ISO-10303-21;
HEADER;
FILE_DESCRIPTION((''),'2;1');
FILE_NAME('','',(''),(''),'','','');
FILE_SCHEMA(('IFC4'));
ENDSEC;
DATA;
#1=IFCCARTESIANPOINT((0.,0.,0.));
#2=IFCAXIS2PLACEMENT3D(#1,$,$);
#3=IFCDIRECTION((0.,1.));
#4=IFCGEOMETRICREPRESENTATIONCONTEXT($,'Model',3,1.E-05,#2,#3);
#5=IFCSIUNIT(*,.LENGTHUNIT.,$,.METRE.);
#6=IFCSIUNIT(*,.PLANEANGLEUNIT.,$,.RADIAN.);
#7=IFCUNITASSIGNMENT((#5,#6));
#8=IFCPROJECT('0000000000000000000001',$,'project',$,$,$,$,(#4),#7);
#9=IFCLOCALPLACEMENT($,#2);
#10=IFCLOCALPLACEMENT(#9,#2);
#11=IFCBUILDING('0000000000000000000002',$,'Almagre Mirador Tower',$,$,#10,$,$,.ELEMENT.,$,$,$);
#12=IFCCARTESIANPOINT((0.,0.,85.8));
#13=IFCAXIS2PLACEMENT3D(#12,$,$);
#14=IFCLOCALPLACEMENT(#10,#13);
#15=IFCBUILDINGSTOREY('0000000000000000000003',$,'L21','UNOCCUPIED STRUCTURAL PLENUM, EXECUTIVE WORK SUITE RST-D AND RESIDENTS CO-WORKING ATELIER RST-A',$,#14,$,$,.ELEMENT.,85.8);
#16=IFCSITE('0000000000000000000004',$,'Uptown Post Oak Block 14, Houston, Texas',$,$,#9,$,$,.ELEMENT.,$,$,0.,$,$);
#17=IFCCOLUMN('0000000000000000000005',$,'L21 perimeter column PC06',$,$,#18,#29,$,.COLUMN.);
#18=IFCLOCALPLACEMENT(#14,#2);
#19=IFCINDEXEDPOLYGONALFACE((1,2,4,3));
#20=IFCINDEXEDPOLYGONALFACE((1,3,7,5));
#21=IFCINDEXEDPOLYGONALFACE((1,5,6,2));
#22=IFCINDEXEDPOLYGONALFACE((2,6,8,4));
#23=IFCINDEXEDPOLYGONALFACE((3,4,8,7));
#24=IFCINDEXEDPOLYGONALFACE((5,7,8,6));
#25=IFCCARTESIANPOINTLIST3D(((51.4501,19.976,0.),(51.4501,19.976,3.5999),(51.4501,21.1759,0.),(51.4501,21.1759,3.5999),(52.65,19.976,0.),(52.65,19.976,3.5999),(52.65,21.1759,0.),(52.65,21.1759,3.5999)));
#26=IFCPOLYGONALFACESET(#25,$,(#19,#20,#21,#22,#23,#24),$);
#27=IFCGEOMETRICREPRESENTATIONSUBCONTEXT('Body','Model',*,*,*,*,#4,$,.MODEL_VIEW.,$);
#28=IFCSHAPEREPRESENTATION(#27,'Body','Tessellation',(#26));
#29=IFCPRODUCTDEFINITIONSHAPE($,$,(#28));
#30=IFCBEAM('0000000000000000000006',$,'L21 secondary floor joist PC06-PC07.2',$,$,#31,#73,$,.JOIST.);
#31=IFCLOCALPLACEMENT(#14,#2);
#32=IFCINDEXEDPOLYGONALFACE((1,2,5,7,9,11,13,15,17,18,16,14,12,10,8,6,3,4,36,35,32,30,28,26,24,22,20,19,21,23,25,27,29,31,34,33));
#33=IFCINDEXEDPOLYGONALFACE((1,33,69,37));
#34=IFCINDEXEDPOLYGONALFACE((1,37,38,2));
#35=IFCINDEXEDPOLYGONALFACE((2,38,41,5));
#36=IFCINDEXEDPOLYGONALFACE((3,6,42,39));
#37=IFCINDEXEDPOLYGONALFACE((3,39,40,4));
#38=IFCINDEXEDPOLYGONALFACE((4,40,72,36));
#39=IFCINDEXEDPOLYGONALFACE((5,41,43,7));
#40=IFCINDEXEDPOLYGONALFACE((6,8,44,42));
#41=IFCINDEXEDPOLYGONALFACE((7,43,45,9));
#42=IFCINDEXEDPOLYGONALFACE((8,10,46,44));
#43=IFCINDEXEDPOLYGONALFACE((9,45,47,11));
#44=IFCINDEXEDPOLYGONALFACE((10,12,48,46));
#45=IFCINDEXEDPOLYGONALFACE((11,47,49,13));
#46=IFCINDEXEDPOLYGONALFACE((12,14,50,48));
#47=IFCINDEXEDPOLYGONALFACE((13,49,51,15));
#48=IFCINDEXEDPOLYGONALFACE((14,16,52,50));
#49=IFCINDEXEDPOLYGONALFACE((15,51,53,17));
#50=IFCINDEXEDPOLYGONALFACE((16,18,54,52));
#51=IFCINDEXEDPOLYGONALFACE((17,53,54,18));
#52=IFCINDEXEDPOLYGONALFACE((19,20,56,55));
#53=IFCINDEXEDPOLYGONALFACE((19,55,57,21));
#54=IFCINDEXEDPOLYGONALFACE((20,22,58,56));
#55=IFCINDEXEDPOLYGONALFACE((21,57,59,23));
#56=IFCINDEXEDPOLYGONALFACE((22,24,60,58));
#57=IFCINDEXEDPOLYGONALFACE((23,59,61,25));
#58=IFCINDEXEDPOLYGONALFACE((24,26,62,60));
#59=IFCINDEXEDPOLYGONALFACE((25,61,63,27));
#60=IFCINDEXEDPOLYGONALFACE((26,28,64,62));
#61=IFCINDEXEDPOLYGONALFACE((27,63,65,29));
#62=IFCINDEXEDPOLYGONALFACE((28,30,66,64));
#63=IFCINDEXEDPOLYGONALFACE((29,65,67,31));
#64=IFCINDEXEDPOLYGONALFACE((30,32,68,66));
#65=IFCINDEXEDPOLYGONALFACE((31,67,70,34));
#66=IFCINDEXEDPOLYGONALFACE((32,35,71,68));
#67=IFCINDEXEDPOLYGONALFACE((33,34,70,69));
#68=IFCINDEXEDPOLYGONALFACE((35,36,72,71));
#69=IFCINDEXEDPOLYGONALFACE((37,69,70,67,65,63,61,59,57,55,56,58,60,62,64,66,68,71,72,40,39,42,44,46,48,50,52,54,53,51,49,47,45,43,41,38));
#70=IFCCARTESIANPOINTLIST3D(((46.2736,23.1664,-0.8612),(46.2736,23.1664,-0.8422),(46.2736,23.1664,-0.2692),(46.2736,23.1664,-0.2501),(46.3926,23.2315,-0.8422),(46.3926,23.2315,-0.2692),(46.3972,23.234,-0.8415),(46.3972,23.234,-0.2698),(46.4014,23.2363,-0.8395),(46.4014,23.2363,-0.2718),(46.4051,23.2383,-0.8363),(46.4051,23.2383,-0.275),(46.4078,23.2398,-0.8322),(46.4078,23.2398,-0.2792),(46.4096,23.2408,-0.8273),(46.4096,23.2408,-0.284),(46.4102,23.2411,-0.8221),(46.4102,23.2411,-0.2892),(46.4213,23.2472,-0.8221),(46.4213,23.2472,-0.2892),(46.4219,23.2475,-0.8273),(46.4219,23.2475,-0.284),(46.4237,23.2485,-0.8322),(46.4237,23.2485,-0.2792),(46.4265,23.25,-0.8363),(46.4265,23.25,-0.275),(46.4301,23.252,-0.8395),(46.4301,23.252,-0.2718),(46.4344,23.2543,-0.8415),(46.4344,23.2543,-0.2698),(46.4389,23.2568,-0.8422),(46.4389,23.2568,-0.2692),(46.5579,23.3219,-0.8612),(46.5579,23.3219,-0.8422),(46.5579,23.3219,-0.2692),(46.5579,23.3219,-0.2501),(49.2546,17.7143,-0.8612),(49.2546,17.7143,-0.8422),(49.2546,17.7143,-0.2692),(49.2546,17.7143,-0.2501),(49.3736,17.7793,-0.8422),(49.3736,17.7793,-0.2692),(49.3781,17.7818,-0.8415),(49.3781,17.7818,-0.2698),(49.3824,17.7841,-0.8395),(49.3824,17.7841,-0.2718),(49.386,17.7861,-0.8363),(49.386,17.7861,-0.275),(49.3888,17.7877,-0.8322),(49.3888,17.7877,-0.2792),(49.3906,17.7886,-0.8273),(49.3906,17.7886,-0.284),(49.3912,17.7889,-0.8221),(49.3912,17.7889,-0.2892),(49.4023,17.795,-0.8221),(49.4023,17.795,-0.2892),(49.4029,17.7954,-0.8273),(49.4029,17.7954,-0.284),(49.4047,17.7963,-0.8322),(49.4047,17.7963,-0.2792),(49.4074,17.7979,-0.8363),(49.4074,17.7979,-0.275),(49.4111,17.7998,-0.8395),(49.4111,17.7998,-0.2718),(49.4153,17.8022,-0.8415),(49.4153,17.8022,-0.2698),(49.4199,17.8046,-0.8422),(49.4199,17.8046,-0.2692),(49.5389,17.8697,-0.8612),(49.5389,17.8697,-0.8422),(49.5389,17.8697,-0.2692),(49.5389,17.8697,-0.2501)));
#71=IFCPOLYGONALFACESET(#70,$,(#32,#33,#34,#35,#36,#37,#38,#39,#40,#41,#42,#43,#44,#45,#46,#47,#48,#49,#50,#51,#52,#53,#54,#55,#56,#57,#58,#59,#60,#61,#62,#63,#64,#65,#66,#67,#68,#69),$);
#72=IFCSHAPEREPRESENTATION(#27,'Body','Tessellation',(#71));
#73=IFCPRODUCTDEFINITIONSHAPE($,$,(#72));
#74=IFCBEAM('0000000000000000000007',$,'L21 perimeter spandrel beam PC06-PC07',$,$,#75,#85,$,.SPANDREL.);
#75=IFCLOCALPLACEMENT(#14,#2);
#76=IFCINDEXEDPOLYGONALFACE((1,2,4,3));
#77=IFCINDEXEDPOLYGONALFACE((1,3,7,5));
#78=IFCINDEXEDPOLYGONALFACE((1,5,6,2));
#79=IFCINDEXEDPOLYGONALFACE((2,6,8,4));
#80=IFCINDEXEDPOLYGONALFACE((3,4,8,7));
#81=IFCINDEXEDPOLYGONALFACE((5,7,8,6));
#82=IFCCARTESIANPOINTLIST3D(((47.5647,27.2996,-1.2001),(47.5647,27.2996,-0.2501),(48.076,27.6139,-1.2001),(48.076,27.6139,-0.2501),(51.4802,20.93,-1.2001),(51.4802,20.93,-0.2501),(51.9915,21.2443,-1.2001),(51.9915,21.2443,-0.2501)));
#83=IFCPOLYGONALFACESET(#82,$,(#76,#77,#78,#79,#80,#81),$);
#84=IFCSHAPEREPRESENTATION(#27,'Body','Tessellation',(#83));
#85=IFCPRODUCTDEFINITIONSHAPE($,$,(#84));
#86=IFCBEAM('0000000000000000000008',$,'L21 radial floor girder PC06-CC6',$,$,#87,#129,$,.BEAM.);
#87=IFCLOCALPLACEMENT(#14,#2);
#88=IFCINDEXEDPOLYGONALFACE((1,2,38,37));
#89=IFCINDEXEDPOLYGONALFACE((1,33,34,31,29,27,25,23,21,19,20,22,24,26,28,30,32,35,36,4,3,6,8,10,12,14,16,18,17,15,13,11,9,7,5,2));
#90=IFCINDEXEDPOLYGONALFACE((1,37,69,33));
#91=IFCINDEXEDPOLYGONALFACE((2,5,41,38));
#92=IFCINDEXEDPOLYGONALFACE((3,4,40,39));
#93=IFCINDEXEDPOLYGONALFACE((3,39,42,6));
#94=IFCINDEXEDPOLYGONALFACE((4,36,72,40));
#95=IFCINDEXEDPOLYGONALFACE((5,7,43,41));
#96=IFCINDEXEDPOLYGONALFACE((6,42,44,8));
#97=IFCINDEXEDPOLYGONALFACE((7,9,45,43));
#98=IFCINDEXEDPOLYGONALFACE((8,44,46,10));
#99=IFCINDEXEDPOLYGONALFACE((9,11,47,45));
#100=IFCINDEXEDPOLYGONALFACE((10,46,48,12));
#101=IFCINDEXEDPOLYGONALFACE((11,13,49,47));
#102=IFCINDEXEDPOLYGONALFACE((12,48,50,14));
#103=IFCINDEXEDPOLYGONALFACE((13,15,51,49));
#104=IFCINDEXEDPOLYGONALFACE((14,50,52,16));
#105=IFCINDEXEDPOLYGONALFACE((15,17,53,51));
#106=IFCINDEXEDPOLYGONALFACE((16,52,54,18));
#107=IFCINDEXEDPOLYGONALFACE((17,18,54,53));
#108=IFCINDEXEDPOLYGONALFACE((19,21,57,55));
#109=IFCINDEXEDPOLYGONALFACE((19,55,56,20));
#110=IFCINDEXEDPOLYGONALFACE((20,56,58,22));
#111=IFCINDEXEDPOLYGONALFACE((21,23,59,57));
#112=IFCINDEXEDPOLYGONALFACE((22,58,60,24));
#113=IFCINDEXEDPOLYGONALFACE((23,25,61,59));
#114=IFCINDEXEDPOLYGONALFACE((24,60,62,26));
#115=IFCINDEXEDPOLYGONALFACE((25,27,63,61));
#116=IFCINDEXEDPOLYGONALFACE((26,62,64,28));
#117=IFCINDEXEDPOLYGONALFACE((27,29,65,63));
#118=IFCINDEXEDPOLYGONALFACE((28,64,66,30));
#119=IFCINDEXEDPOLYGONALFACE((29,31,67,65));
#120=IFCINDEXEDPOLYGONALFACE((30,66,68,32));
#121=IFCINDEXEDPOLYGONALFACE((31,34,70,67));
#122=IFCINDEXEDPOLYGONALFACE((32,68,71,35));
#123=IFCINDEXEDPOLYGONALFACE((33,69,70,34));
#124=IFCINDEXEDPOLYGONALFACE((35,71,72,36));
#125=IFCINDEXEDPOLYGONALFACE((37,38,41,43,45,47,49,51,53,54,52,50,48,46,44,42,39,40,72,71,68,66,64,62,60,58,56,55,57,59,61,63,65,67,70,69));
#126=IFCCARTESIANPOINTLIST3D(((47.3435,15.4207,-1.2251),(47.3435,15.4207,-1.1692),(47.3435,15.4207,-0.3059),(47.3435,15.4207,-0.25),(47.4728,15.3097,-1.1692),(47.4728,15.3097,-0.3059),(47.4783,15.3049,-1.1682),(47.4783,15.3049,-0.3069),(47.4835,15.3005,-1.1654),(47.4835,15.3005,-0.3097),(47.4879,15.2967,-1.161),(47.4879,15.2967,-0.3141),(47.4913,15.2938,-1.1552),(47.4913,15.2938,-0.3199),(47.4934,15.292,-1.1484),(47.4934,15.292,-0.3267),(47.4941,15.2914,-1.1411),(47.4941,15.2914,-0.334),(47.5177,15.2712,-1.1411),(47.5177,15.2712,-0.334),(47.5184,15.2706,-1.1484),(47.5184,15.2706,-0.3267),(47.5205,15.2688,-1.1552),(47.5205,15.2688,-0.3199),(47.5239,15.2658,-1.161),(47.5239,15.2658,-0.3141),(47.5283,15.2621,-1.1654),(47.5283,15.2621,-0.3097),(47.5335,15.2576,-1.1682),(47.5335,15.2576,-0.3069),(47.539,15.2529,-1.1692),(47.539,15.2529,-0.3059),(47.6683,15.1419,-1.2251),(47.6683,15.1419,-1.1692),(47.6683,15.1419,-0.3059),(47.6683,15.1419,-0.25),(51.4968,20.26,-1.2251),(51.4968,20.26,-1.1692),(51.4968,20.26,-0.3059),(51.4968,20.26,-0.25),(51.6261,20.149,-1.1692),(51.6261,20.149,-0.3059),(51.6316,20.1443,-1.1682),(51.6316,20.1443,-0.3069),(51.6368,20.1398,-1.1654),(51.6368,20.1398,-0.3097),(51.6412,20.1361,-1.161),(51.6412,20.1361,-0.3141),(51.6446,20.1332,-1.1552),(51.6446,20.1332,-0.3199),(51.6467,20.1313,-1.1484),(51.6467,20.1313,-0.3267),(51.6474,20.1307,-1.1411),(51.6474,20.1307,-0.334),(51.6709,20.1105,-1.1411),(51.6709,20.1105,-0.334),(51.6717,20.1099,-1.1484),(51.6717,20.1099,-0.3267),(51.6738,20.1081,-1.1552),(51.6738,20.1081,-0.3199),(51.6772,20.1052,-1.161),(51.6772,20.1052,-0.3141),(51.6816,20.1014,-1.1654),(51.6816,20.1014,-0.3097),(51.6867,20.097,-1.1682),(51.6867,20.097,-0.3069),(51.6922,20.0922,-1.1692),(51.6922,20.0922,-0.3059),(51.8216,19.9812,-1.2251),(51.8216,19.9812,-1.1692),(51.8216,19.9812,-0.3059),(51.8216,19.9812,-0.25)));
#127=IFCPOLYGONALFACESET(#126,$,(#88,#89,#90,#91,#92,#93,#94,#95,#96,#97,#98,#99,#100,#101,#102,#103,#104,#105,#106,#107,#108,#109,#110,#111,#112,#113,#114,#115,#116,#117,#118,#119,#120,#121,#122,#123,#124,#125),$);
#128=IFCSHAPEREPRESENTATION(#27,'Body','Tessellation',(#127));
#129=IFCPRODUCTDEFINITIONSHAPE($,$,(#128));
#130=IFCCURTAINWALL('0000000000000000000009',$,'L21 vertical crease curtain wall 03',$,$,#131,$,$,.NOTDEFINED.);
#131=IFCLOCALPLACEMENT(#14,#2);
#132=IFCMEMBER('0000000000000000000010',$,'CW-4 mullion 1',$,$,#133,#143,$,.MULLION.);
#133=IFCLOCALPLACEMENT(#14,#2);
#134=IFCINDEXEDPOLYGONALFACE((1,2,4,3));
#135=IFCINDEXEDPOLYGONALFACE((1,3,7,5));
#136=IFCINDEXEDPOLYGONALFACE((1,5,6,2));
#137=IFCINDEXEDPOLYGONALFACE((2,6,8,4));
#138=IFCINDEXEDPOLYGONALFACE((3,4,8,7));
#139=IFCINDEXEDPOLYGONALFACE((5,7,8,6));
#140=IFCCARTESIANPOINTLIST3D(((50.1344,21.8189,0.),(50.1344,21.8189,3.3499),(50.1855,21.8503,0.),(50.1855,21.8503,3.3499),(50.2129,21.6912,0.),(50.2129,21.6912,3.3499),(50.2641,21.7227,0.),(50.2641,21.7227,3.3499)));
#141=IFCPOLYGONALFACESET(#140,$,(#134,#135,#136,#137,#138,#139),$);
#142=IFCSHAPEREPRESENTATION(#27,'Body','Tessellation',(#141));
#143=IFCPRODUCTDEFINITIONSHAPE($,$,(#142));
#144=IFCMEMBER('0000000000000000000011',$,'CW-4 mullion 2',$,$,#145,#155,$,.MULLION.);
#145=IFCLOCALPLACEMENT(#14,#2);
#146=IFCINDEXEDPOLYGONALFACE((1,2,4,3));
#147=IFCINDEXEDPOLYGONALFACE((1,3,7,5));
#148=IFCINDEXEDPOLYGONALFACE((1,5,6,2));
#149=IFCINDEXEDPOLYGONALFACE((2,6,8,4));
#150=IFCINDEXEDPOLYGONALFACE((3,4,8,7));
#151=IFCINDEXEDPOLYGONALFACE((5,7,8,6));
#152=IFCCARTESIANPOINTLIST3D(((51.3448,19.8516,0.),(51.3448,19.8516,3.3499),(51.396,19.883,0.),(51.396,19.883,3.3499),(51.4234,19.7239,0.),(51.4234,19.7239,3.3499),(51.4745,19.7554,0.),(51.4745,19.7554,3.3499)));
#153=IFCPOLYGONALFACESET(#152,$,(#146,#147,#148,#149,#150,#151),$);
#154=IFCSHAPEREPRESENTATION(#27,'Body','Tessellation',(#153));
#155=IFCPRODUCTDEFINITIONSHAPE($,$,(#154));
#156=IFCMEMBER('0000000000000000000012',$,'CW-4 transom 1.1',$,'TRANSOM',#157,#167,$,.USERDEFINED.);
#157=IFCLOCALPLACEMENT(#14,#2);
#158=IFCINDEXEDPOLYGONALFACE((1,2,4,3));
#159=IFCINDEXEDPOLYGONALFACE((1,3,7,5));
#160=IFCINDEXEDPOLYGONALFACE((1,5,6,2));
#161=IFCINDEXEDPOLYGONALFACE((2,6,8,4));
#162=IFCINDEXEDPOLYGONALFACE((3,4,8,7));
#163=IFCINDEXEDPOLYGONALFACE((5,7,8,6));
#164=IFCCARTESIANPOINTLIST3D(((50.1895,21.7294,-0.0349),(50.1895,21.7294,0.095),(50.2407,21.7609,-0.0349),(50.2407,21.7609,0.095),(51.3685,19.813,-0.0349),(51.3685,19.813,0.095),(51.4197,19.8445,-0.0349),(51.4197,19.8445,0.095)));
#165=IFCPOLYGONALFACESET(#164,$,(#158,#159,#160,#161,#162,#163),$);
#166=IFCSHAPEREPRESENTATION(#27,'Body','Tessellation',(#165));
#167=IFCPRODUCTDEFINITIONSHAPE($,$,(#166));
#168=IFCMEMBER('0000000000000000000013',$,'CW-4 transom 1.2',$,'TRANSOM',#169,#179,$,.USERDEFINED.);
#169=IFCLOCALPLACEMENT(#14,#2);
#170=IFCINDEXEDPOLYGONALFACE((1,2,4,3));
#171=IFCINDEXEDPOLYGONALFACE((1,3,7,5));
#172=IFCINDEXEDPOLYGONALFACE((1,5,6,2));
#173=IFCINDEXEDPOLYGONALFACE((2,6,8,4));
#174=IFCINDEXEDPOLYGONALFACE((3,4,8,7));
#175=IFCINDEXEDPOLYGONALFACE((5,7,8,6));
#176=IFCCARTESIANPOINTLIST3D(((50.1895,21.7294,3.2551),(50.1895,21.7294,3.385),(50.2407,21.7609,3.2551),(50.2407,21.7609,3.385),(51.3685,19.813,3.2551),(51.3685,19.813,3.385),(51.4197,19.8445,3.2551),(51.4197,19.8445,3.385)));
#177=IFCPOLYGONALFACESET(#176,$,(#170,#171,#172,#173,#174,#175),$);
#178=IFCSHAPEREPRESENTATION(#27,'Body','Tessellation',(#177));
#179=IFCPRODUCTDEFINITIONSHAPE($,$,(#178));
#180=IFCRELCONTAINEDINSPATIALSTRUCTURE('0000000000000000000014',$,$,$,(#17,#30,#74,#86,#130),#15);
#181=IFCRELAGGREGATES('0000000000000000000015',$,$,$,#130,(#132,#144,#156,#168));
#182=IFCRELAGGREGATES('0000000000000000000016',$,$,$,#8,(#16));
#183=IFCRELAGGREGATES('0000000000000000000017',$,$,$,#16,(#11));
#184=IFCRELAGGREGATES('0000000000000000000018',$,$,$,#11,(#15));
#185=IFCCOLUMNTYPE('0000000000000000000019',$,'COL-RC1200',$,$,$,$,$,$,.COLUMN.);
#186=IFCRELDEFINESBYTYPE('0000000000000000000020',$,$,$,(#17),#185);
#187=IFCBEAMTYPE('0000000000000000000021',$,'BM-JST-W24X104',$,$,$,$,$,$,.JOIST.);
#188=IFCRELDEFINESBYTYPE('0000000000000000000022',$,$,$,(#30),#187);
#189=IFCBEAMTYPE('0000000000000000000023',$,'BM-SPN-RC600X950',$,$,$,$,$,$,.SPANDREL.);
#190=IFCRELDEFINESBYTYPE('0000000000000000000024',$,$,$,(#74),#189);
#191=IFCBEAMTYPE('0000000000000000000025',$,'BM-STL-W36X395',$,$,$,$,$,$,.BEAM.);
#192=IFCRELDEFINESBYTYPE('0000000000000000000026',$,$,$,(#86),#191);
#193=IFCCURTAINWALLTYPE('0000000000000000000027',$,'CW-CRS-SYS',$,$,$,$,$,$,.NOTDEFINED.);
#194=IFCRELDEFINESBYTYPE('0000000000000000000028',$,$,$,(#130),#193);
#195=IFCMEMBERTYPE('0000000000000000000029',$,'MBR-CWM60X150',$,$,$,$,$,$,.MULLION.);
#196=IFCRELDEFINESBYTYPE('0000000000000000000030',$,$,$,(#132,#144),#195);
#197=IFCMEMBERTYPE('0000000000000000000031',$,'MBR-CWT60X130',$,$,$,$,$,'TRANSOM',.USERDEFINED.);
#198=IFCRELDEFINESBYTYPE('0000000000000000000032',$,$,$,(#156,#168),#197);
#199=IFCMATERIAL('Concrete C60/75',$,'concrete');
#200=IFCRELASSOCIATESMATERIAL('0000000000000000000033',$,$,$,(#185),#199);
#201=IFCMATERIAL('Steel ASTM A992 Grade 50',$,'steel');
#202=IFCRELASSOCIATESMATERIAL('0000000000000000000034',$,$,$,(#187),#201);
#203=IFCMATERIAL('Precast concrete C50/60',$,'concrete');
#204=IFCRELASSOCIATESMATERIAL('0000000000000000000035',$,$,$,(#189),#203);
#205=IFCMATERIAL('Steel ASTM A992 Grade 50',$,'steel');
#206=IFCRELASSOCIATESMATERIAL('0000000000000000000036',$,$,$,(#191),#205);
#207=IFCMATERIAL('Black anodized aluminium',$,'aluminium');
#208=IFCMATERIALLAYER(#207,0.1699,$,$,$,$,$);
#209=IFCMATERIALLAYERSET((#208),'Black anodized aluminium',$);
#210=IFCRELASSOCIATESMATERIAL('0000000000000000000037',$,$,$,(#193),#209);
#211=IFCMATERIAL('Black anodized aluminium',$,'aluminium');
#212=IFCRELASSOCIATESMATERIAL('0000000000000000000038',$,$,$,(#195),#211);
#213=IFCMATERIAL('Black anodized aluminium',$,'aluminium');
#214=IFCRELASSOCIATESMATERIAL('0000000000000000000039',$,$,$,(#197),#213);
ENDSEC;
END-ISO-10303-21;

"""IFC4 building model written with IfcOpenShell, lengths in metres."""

from ifc_helpers import new_model, si_unit, direction, frame, origin, origin_2d, place, context, subcontext, project, spatial, rectangle, i_section, extrude, material, layer, layer_set, material_profile, profile_set, type_object, element, aggregate, save


model = new_model("IFC4")

# Units and contexts
model_context = context("Model", 3, precision=1e-05, world=origin(), true_north=direction((0.0, 1.0)))
body_context = subcontext(model_context, "Body", "Model", "MODEL_VIEW")
ifc_project = project(units=[si_unit("LENGTHUNIT", "METRE"), si_unit("PLANEANGLEUNIT", "RADIAN")], contexts=[model_context])

# Site, building, storey
site_placement = place(None, origin())
site = spatial("IfcSite", under=ifc_project, at=site_placement, Name="Uptown Post Oak Block 14, Houston, Texas", CompositionType="ELEMENT", RefElevation=0.0)
building_placement = place(site_placement, origin())
building = spatial("IfcBuilding", under=site, at=building_placement, Name="Almagre Mirador Tower", CompositionType="ELEMENT")
storey_placement = place(building_placement, frame((0.0, 0.0, 85.8)))
storey = spatial("IfcBuildingStorey", under=building, at=storey_placement, Name="L21", Description="UNOCCUPIED STRUCTURAL PLENUM, EXECUTIVE WORK SUITE RST-D AND RESIDENTS CO-WORKING ATELIER RST-A", CompositionType="ELEMENT", Elevation=85.8)

# Column
ifc_material_1 = material(Name="Concrete C60/75", Category="concrete")
ifc_material_profile_1 = material_profile(ifc_material_1, rectangle(XDim=1.2, YDim=1.2, at=origin_2d()), Name="RC1200X1200")
ifc_profile_set_1 = profile_set([ifc_material_profile_1], Name="Concrete C60/75")
column_type = type_object("IfcColumnType", Name="COL-RC1200", PredefinedType="COLUMN", material=ifc_profile_set_1)
column_placement = place(storey_placement, frame((52.05, 20.5759, 0.0), z_axis=(0.0, 0.0, 1.0), x_axis=(1.0, 0.0, 0.0)))
element("IfcColumn", 1, at=column_placement, inside=storey, type_object=column_type, Name="L21 perimeter column PC06", PredefinedType="COLUMN", context=body_context, shape_type="SweptSolid", body=[
    extrude(rectangle(XDim=1.2, YDim=1.2, at=origin_2d()), origin(), (0.0, 0.0, 1.0), 3.5999),
])

# Beams
ifc_material_2 = material(Name="Steel ASTM A992 Grade 50", Category="steel")
ifc_material_profile_2 = material_profile(ifc_material_2, i_section(OverallWidth=0.324, OverallDepth=0.6111, WebThickness=0.0127, FlangeThickness=0.019, FilletRadius=0.02, at=origin_2d()), Name="W24X104")
ifc_profile_set_2 = profile_set([ifc_material_profile_2], Name="Steel ASTM A992 Grade 50")
beam_type_1 = type_object("IfcBeamType", Name="BM-JST-W24X104", PredefinedType="JOIST", material=ifc_profile_set_2)
beam_1_placement = place(storey_placement, frame((49.3967, 17.792, -0.5557), z_axis=(-0.479727, 0.877418, 0.0), x_axis=(-0.877418, -0.479727, 0.0)))
element("IfcBeam", 2, at=beam_1_placement, inside=storey, type_object=beam_type_1, Name="L21 secondary floor joist PC06-PC07.2", PredefinedType="JOIST", context=body_context, shape_type="SweptSolid", body=[
    extrude(i_section(OverallWidth=0.324, OverallDepth=0.6111, WebThickness=0.0127, FlangeThickness=0.019, FilletRadius=0.02, at=origin_2d()), origin(), (0.0, 0.0, 1.0), 6.2139),
])
ifc_material_3 = material(Name="Precast concrete C50/60", Category="concrete")
ifc_material_profile_3 = material_profile(ifc_material_3, rectangle(XDim=0.6001, YDim=0.95, at=origin_2d()), Name="RC600X950")
ifc_profile_set_3 = profile_set([ifc_material_profile_3], Name="Precast concrete C50/60")
beam_type_2 = type_object("IfcBeamType", Name="BM-SPN-RC600X950", PredefinedType="SPANDREL", material=ifc_profile_set_3)
beam_2_placement = place(storey_placement, frame((51.7358, 21.0872, -0.7251), z_axis=(-0.523686, 0.851912, 0.0), x_axis=(-0.851912, -0.523686, 0.0)))
element("IfcBeam", 3, at=beam_2_placement, inside=storey, type_object=beam_type_2, Name="L21 perimeter spandrel beam PC06-PC07", PredefinedType="SPANDREL", context=body_context, shape_type="SweptSolid", body=[
    extrude(rectangle(XDim=0.6001, YDim=0.95, at=origin_2d()), origin(), (0.0, 0.0, 1.0), 7.4768),
])
ifc_material_4 = material(Name="Steel ASTM A992 Grade 50", Category="steel")
ifc_material_profile_4 = material_profile(ifc_material_4, i_section(OverallWidth=0.428, OverallDepth=0.9751, WebThickness=0.031, FlangeThickness=0.0559, FilletRadius=0.0281, at=origin_2d()), Name="W36X395")
ifc_profile_set_4 = profile_set([ifc_material_profile_4], Name="Steel ASTM A992 Grade 50")
beam_type_3 = type_object("IfcBeamType", Name="BM-STL-W36X395", PredefinedType="BEAM", material=ifc_profile_set_4)
beam_3_placement = place(storey_placement, frame((51.6592, 20.1206, -0.7375), z_axis=(-0.65127, -0.758846, 0.0), x_axis=(0.758846, -0.65127, 0.0)))
element("IfcBeam", 4, at=beam_3_placement, inside=storey, type_object=beam_type_3, Name="L21 radial floor girder PC06-CC6", PredefinedType="BEAM", context=body_context, shape_type="SweptSolid", body=[
    extrude(i_section(OverallWidth=0.428, OverallDepth=0.9751, WebThickness=0.031, FlangeThickness=0.0559, FilletRadius=0.0281, at=origin_2d()), origin(), (0.0, 0.0, 1.0), 6.3772),
])

# Curtain wall, members
ifc_material_5 = material(Name="Black anodized aluminium", Category="aluminium")
ifc_layer_1 = layer(ifc_material_5, 0.1699)
ifc_layer_set_1 = layer_set([ifc_layer_1], Name="Black anodized aluminium")
curtain_wall_type = type_object("IfcCurtainWallType", Name="CW-CRS-SYS", PredefinedType="NOTDEFINED", material=ifc_layer_set_1)
curtain_wall_placement = place(storey_placement, origin())
curtain_wall = element("IfcCurtainWall", 5, at=curtain_wall_placement, inside=storey, type_object=curtain_wall_type, Name="L21 vertical crease curtain wall 03", PredefinedType="NOTDEFINED")
ifc_material_6 = material(Name="Black anodized aluminium", Category="aluminium")
ifc_material_profile_5 = material_profile(ifc_material_6, rectangle(XDim=0.0601, YDim=0.1499, at=origin_2d()), Name="CWM60X150")
ifc_profile_set_5 = profile_set([ifc_material_profile_5], Name="Black anodized aluminium")
member_type_1 = type_object("IfcMemberType", Name="MBR-CWM60X150", PredefinedType="MULLION", material=ifc_profile_set_5)
member_1_placement = place(storey_placement, frame((50.1992, 21.7708, 0.0), z_axis=(0.0, 0.0, 1.0), x_axis=(0.851713, 0.524008, 0.0)))
member_1 = element("IfcMember", 6, at=member_1_placement, type_object=member_type_1, Name="CW-4 mullion 1", PredefinedType="MULLION", context=body_context, shape_type="SweptSolid", body=[
    extrude(rectangle(XDim=0.0601, YDim=0.1499, at=origin_2d()), origin(), (0.0, 0.0, 1.0), 3.3499),
])
member_2_placement = place(storey_placement, frame((51.4097, 19.8035, 0.0), z_axis=(0.0, 0.0, 1.0), x_axis=(0.851713, 0.524008, 0.0)))
member_2 = element("IfcMember", 7, at=member_2_placement, type_object=member_type_1, Name="CW-4 mullion 2", PredefinedType="MULLION", context=body_context, shape_type="SweptSolid", body=[
    extrude(rectangle(XDim=0.0601, YDim=0.1499, at=origin_2d()), origin(), (0.0, 0.0, 1.0), 3.3499),
])
ifc_material_7 = material(Name="Black anodized aluminium", Category="aluminium")
ifc_material_profile_6 = material_profile(ifc_material_7, rectangle(XDim=0.0601, YDim=0.1299, at=origin_2d()), Name="CWT60X130")
ifc_profile_set_6 = profile_set([ifc_material_profile_6], Name="Black anodized aluminium")
member_type_2 = type_object("IfcMemberType", Name="MBR-CWT60X130", ElementType="TRANSOM", PredefinedType="USERDEFINED", material=ifc_profile_set_6)
member_3_placement = place(storey_placement, frame((50.2151, 21.7451, 0.03), z_axis=(0.524007, -0.851714, 0.0), x_axis=(0.851714, 0.524007, 0.0)))
member_3 = element("IfcMember", 8, at=member_3_placement, type_object=member_type_2, Name="CW-4 transom 1.1", ObjectType="TRANSOM", PredefinedType="USERDEFINED", context=body_context, shape_type="SweptSolid", body=[
    extrude(rectangle(XDim=0.0601, YDim=0.1299, at=origin_2d()), origin(), (0.0, 0.0, 1.0), 2.25),
])
member_4_placement = place(storey_placement, frame((50.2151, 21.7451, 3.3201), z_axis=(0.524007, -0.851714, 0.0), x_axis=(0.851714, 0.524007, 0.0)))
member_4 = element("IfcMember", 9, at=member_4_placement, type_object=member_type_2, Name="CW-4 transom 1.2", ObjectType="TRANSOM", PredefinedType="USERDEFINED", context=body_context, shape_type="SweptSolid", body=[
    extrude(rectangle(XDim=0.0601, YDim=0.1299, at=origin_2d()), origin(), (0.0, 0.0, 1.0), 2.25),
])
aggregate(curtain_wall, [member_1, member_2, member_3, member_4])

save(model, "model.ifc")
